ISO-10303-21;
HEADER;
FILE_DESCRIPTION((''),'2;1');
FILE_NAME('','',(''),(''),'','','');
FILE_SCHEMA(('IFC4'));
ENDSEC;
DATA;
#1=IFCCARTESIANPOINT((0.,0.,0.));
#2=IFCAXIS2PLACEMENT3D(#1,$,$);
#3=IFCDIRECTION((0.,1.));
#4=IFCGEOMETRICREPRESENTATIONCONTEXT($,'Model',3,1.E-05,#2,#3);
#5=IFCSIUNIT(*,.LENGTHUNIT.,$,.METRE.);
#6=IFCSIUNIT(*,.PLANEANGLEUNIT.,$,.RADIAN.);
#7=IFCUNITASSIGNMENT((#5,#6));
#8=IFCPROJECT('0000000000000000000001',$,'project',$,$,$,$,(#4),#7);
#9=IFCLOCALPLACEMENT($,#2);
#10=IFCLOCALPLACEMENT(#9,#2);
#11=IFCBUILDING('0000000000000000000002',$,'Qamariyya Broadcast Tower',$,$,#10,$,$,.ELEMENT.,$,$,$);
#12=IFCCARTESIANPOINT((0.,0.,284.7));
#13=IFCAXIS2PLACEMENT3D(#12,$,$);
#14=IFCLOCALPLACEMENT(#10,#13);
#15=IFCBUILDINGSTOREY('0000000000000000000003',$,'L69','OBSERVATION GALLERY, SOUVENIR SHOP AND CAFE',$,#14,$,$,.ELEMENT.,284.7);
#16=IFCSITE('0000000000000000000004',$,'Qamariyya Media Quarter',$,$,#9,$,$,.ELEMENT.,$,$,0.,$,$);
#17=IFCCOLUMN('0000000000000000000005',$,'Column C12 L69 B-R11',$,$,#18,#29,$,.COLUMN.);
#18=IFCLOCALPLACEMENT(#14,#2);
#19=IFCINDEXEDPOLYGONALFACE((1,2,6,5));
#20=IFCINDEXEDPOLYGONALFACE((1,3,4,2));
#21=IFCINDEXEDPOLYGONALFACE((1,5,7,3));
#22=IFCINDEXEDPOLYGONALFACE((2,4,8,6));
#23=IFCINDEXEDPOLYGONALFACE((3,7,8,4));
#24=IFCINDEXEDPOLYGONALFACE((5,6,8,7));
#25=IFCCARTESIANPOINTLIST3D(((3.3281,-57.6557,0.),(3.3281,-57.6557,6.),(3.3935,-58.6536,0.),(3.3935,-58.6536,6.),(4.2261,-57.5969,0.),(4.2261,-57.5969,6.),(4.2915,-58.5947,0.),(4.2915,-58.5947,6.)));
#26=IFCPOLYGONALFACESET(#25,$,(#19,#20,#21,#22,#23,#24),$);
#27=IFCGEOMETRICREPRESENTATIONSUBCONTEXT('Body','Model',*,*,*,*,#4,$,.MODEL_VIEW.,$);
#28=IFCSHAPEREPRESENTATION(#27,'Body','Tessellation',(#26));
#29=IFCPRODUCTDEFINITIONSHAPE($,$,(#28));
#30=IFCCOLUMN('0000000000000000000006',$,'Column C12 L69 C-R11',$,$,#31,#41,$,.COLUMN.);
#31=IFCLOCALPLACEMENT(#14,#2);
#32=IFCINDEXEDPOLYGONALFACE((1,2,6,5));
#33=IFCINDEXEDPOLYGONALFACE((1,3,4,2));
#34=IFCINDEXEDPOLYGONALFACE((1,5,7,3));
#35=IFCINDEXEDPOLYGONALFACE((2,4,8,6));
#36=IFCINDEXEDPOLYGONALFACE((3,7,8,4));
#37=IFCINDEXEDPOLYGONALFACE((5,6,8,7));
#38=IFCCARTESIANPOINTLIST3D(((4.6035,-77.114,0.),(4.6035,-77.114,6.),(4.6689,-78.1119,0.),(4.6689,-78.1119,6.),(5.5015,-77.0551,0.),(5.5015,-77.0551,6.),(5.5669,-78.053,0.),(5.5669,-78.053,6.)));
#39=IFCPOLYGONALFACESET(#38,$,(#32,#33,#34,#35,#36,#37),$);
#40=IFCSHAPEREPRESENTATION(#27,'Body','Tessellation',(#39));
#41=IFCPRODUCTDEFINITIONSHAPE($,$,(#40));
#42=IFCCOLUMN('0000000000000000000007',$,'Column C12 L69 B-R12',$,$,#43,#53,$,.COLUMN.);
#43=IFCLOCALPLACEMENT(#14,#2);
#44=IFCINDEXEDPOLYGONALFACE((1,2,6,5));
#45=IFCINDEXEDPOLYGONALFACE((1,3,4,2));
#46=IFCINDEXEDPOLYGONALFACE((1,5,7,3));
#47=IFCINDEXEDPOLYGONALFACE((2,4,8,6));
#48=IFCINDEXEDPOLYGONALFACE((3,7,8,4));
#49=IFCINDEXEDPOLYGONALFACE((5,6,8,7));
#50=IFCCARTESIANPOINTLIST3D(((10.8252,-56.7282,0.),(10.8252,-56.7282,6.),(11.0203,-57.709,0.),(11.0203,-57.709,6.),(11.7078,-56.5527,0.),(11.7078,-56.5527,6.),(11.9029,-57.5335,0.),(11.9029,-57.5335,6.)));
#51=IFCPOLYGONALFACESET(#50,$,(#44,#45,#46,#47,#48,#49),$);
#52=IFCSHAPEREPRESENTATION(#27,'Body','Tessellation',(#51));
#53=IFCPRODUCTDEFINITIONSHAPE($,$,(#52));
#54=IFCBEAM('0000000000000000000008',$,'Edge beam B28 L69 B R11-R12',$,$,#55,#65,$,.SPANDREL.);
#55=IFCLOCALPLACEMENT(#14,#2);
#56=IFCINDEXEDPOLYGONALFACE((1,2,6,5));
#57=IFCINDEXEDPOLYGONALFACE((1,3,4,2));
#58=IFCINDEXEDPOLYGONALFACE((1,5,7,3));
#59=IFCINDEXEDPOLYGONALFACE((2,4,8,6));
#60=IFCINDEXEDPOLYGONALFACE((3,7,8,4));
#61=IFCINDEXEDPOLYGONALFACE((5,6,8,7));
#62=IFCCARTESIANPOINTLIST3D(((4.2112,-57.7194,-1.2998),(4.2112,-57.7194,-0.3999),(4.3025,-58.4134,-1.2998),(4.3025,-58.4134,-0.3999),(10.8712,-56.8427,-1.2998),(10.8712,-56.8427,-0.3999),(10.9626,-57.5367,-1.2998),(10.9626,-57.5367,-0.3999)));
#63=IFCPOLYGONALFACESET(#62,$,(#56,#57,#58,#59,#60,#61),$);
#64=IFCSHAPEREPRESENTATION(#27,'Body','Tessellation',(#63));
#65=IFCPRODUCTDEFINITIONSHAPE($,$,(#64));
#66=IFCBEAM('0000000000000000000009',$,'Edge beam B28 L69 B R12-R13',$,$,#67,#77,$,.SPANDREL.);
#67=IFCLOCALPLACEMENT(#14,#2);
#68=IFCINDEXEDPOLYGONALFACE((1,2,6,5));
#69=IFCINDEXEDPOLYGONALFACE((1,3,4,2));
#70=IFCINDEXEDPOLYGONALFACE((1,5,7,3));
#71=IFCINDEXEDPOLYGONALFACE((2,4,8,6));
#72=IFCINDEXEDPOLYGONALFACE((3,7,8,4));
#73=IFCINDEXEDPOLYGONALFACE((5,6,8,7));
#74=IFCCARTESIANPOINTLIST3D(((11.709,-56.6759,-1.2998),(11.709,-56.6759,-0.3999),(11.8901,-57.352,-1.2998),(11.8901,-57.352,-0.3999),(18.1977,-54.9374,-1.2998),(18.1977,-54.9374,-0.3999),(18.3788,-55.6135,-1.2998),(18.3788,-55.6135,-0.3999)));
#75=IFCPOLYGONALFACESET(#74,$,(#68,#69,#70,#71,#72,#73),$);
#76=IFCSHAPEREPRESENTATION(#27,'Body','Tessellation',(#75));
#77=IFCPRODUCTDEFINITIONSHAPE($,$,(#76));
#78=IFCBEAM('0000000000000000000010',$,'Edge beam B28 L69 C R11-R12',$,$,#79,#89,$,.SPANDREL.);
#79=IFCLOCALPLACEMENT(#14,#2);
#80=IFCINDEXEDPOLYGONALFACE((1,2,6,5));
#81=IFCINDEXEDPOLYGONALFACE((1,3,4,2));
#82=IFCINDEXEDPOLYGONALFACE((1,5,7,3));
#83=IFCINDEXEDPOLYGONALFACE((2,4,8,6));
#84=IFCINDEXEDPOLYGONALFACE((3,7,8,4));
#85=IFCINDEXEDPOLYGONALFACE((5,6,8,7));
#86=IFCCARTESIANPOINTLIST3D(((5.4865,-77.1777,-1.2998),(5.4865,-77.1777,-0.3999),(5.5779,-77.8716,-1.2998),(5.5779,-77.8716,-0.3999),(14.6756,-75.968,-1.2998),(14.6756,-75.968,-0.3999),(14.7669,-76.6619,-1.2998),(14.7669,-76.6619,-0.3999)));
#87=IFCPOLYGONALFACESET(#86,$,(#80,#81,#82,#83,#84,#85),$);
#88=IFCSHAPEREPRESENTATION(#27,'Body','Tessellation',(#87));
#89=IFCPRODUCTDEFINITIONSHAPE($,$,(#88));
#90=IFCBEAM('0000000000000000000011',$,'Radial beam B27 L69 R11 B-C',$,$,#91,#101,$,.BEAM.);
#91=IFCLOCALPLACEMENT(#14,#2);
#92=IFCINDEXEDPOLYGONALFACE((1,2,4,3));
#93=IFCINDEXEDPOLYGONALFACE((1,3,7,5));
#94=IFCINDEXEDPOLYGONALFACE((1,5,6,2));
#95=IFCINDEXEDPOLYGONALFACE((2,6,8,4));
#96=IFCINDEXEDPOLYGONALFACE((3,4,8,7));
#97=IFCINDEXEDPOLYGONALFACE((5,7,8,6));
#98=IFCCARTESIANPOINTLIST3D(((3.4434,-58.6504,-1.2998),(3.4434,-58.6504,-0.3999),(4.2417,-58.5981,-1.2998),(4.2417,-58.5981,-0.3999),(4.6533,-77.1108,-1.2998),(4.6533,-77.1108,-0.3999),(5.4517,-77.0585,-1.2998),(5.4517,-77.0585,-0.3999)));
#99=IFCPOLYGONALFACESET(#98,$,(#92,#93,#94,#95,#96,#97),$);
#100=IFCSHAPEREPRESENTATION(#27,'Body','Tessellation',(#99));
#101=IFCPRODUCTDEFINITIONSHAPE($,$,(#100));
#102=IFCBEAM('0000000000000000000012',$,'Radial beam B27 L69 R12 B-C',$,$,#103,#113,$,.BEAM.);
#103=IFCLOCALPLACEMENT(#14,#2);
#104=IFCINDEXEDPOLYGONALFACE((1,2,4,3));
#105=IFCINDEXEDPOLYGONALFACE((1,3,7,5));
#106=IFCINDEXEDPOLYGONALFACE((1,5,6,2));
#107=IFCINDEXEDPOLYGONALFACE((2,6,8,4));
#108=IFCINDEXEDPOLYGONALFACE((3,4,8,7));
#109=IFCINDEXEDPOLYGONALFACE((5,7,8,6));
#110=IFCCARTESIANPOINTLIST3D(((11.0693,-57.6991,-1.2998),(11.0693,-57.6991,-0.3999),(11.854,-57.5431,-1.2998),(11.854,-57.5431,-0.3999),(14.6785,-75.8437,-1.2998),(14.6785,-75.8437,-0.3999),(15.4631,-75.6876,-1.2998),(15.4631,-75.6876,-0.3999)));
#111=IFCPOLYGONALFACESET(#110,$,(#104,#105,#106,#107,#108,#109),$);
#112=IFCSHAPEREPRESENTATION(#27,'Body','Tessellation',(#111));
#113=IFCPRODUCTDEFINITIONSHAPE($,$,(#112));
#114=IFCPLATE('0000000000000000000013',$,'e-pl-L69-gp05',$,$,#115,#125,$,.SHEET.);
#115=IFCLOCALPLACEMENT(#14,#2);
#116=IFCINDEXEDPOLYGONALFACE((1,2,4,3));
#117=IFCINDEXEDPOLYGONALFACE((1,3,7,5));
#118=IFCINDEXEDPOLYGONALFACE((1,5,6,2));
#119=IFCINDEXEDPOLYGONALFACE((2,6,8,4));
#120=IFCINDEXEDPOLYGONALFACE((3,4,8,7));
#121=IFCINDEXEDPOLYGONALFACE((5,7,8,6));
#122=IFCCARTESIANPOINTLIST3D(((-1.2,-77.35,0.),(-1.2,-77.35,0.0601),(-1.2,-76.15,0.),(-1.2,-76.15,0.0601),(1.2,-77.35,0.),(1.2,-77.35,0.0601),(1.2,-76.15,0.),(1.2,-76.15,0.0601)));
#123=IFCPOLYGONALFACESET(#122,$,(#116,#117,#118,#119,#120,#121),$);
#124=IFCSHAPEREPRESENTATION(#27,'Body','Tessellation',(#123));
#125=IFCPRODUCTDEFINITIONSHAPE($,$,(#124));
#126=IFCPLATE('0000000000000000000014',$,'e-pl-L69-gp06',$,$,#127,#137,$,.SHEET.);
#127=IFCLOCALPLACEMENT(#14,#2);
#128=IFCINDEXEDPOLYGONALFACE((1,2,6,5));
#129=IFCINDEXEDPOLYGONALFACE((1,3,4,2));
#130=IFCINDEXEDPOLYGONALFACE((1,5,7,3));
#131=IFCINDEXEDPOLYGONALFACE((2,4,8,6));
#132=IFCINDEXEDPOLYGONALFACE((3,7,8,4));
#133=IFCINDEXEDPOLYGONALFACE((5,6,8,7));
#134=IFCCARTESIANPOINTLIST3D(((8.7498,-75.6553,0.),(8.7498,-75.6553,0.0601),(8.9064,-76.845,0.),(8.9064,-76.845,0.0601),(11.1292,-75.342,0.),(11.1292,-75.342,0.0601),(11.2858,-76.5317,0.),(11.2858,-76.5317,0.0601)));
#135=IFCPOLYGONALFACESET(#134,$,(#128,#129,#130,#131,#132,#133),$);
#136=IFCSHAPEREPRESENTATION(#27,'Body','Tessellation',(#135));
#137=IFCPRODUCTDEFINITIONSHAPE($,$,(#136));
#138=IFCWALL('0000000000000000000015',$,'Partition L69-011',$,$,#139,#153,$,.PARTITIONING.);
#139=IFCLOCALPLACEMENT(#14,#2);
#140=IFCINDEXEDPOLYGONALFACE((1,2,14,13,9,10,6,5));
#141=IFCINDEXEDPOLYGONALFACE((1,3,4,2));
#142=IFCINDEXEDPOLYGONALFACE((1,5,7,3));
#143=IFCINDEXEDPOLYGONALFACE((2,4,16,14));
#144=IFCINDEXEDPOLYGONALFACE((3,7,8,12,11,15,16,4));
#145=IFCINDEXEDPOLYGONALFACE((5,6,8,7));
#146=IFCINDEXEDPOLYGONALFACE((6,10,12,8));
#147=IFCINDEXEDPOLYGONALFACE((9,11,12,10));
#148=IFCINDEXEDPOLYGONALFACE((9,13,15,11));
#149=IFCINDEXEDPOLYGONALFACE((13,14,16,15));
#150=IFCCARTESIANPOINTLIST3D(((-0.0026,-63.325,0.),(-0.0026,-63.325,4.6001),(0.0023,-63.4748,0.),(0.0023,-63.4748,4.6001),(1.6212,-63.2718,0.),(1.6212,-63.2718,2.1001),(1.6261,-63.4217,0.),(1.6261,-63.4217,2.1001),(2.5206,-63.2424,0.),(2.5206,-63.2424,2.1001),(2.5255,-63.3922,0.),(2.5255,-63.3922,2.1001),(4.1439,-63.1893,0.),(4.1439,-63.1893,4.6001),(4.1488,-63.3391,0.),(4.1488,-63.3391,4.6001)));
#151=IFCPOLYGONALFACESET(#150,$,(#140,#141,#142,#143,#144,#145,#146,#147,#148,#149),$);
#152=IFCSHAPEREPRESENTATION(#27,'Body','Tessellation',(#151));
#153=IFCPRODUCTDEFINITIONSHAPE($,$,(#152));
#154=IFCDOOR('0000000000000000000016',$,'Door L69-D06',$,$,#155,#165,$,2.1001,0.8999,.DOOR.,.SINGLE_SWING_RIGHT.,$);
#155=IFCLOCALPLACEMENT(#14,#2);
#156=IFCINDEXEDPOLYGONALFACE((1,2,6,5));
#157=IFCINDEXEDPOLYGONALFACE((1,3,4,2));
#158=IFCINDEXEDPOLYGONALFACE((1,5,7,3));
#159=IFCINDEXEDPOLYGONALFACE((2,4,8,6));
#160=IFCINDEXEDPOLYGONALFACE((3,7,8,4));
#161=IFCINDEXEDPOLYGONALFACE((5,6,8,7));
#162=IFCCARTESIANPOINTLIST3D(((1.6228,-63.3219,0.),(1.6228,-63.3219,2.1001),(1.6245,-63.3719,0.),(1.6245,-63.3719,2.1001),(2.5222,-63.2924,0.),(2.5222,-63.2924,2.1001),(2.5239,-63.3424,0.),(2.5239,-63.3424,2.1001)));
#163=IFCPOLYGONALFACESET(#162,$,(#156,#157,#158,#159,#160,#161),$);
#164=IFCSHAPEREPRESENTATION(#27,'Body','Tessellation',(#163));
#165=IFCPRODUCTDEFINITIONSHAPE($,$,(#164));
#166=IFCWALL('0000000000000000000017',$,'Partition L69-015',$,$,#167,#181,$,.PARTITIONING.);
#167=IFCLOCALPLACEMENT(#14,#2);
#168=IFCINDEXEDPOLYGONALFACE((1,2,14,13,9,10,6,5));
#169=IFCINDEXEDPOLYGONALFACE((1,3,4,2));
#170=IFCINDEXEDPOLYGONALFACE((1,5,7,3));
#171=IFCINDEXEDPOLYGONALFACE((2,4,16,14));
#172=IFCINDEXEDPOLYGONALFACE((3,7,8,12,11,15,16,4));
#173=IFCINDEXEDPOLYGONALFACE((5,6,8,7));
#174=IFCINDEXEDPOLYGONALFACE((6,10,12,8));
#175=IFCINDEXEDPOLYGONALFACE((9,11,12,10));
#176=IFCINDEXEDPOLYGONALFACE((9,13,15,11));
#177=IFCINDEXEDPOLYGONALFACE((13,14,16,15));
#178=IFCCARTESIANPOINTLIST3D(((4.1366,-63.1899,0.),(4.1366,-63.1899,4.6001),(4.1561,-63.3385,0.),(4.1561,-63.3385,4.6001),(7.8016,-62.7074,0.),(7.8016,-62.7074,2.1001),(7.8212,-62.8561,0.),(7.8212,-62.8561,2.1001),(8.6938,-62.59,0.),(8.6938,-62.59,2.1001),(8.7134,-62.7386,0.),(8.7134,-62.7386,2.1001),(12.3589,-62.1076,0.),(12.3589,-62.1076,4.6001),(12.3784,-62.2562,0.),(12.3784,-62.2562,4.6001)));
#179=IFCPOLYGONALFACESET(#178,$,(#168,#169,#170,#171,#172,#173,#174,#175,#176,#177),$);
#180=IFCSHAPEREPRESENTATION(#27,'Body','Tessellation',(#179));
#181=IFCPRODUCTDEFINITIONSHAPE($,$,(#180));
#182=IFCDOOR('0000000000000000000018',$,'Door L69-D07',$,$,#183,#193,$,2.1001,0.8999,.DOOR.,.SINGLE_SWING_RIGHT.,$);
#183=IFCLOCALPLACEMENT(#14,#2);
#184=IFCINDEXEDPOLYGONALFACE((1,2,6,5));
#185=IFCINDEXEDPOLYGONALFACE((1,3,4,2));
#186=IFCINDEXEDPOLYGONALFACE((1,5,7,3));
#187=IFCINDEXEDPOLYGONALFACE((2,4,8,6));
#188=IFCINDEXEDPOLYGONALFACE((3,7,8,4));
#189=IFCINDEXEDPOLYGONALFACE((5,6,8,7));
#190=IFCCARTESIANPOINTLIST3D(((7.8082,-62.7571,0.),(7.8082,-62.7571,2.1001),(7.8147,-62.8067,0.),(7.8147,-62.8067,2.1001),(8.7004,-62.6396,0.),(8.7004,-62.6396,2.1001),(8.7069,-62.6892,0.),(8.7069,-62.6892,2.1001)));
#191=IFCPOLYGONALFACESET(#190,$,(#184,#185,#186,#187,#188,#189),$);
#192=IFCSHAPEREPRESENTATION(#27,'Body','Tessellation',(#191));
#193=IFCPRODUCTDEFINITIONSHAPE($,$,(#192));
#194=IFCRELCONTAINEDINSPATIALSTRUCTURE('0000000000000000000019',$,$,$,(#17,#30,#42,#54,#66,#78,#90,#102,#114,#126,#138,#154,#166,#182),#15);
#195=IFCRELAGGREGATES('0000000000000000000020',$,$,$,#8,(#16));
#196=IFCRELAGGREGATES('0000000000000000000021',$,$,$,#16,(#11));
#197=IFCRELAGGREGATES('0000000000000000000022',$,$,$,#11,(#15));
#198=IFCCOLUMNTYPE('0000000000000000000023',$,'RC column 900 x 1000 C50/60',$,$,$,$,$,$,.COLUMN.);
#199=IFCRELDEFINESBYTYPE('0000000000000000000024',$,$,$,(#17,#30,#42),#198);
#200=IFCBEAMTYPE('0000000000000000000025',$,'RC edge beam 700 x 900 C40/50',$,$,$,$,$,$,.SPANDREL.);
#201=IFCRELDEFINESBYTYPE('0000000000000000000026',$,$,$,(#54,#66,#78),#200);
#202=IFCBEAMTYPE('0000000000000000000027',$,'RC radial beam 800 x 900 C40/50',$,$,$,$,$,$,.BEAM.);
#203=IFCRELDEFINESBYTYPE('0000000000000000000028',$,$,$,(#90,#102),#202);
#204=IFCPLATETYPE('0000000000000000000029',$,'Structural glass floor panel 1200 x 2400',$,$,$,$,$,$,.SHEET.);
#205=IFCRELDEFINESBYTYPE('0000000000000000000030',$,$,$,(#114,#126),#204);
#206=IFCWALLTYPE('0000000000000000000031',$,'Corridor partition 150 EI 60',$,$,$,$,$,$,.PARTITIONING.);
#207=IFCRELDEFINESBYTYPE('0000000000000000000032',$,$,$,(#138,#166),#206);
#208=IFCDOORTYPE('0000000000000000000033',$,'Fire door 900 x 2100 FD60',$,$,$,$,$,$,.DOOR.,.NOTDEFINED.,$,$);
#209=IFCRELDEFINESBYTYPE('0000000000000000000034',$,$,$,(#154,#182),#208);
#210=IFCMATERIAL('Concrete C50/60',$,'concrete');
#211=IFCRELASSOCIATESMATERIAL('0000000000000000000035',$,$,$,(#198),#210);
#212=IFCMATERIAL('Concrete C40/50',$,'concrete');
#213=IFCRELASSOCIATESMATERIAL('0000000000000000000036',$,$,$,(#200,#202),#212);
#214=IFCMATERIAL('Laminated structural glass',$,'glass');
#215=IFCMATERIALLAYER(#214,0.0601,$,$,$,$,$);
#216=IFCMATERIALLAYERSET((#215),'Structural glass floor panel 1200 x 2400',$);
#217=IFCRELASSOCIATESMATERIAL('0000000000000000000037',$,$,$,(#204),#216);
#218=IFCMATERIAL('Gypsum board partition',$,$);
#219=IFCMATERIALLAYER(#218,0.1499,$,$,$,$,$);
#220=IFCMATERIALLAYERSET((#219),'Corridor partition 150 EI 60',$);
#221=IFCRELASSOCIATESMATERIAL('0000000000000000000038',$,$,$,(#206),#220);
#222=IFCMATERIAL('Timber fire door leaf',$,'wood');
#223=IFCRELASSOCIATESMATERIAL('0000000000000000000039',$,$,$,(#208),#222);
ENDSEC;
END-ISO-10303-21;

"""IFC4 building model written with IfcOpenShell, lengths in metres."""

from ifc_helpers import new_model, si_unit, direction, frame, frame_2d, origin, origin_2d, place, context, subcontext, project, spatial, rectangle, extrude, material, layer, layer_set, material_profile, profile_set, type_object, element, fill, save


model = new_model("IFC4")

# Units and contexts
model_context = context("Model", 3, precision=1e-05, world=origin(), true_north=direction((0.0, 1.0)))
body_context = subcontext(model_context, "Body", "Model", "MODEL_VIEW")
ifc_project = project(units=[si_unit("LENGTHUNIT", "METRE"), si_unit("PLANEANGLEUNIT", "RADIAN")], contexts=[model_context])

# Site, building, storey
site_placement = place(None, origin())
site = spatial("IfcSite", under=ifc_project, at=site_placement, Name="Qamariyya Media Quarter", CompositionType="ELEMENT", RefElevation=0.0)
building_placement = place(site_placement, origin())
building = spatial("IfcBuilding", under=site, at=building_placement, Name="Qamariyya Broadcast Tower", CompositionType="ELEMENT")
storey_placement = place(building_placement, frame((0.0, 0.0, 284.7)))
storey = spatial("IfcBuildingStorey", under=building, at=storey_placement, Name="L69", Description="OBSERVATION GALLERY, SOUVENIR SHOP AND CAFE", CompositionType="ELEMENT", Elevation=284.7)

# Columns
ifc_material_1 = material(Name="Concrete C50/60", Category="concrete")
ifc_material_profile_1 = material_profile(ifc_material_1, rectangle(XDim=0.8999, YDim=1.0, at=origin_2d()))
ifc_profile_set_1 = profile_set([ifc_material_profile_1], Name="Concrete C50/60")
column_type = type_object("IfcColumnType", Name="RC column 900 x 1000 C50/60", PredefinedType="COLUMN", material=ifc_profile_set_1)
for number, where, z_axis, x_axis, name in (
    (1, (3.8098, -58.1252, 0.0), (0.0, 0.0, 1.0), (0.997859, 0.065403, 0.0), "Column C12 L69 B-R11"),
    (2, (5.0852, -77.5835, 0.0), (0.0, 0.0, 1.0), (0.997859, 0.065403, 0.0), "Column C12 L69 C-R11"),
    (3, (11.364, -57.1309, 0.0), (0.0, 0.0, 1.0), (0.980785, 0.19509, 0.0), "Column C12 L69 B-R12"),
):
    element("IfcColumn", number, at=place(storey_placement, frame(where, z_axis=z_axis, x_axis=x_axis)), inside=storey, type_object=column_type, Name=name, PredefinedType="COLUMN", context=body_context, shape_type="SweptSolid", body=[
        extrude(rectangle(XDim=0.8999, YDim=1.0, at=origin_2d()), origin(), (0.0, 0.0, 1.0), 6.0),
    ])

# Beams
ifc_material_2 = material(Name="Concrete C40/50", Category="concrete")
ifc_material_profile_2 = material_profile(ifc_material_2, rectangle(XDim=0.7, YDim=0.8999, at=origin_2d()))
ifc_profile_set_2 = profile_set([ifc_material_profile_2], Name="Concrete C40/50")
beam_type_1 = type_object("IfcBeamType", Name="RC edge beam 700 x 900 C40/50", PredefinedType="SPANDREL", material=ifc_profile_set_2)
for number, where, z_axis, x_axis, name in (
    (4, (4.2568, -58.0664, -0.8499), (0.991447, 0.130509, 0.0), (-0.130509, 0.991447, 0.0), "Edge beam B28 L69 B R11-R12"),
    (5, (11.7996, -57.0139, -0.8499), (0.965931, 0.2588, 0.0), (-0.2588, 0.965931, 0.0), "Edge beam B28 L69 B R12-R13"),
):
    element("IfcBeam", number, at=place(storey_placement, frame(where, z_axis=z_axis, x_axis=x_axis)), inside=storey, type_object=beam_type_1, Name=name, PredefinedType="SPANDREL", context=body_context, shape_type="SweptSolid", body=[
        extrude(rectangle(XDim=0.7, YDim=0.8999, at=origin_2d()), origin(), (0.0, 0.0, 1.0), 6.7175),
    ])
beam_placement = place(storey_placement, frame((5.5322, -77.5247, -0.8499), z_axis=(0.991445, 0.130523, 0.0), x_axis=(-0.130523, 0.991445, 0.0)))
element("IfcBeam", 6, at=beam_placement, inside=storey, type_object=beam_type_1, Name="Edge beam B28 L69 C R11-R12", PredefinedType="SPANDREL", context=body_context, shape_type="SweptSolid", body=[
    extrude(rectangle(XDim=0.7, YDim=0.8999, at=origin_2d()), origin(), (0.0, 0.0, 1.0), 9.2683),
])
ifc_material_profile_3 = material_profile(ifc_material_2, rectangle(XDim=0.8, YDim=0.8999, at=origin_2d()))
ifc_profile_set_3 = profile_set([ifc_material_profile_3], Name="Concrete C40/50")
beam_type_2 = type_object("IfcBeamType", Name="RC radial beam 800 x 900 C40/50", PredefinedType="BEAM", material=ifc_profile_set_3)
for number, where, z_axis, x_axis, name in (
    (7, (3.8425, -58.6243, -0.8499), (0.065403, -0.997859, 0.0), (0.997859, 0.065403, 0.0), "Radial beam B27 L69 R11 B-C"),
    (8, (11.4617, -57.6211, -0.8499), (0.195088, -0.980786, 0.0), (0.980786, 0.195088, 0.0), "Radial beam B27 L69 R12 B-C"),
):
    element("IfcBeam", number, at=place(storey_placement, frame(where, z_axis=z_axis, x_axis=x_axis)), inside=storey, type_object=beam_type_2, Name=name, PredefinedType="BEAM", context=body_context, shape_type="SweptSolid", body=[
        extrude(rectangle(XDim=0.8, YDim=0.8999, at=origin_2d()), origin(), (0.0, 0.0, 1.0), 18.5),
    ])

# Plates
ifc_material_3 = material(Name="Laminated structural glass", Category="glass")
ifc_layer_1 = layer(ifc_material_3, 0.0601)
ifc_layer_set_1 = layer_set([ifc_layer_1], Name="Structural glass floor panel 1200 x 2400")
plate_type = type_object("IfcPlateType", Name="Structural glass floor panel 1200 x 2400", PredefinedType="SHEET", material=ifc_layer_set_1)
for number, where, z_axis, x_axis, name in (
    (9, (0.0, -76.75, 0.0), (0.0, 0.0, 1.0), (1.0, 0.0, 0.0), "e-pl-L69-gp05"),
    (10, (10.0178, -76.0935, 0.0), (0.0, 0.0, 1.0), (0.991445, 0.130526, 0.0), "e-pl-L69-gp06"),
):
    element("IfcPlate", number, at=place(storey_placement, frame(where, z_axis=z_axis, x_axis=x_axis)), inside=storey, type_object=plate_type, Name=name, PredefinedType="SHEET", context=body_context, shape_type="SweptSolid", body=[
        extrude(rectangle(XDim=2.3999, YDim=1.2, at=origin_2d()), origin(), (0.0, 0.0, 1.0), 0.0601),
    ])

# Walls, openings, doors
ifc_material_4 = material(Name="Gypsum board partition")
ifc_layer_2 = layer(ifc_material_4, 0.1499)
ifc_layer_set_2 = layer_set([ifc_layer_2], Name="Corridor partition 150 EI 60")
wall_type_1 = type_object("IfcWallType", Name="Corridor partition 150 EI 60", PredefinedType="PARTITIONING", material=ifc_layer_set_2)
wall_1_placement = place(storey_placement, frame((0.0, -63.3999, 0.0), z_axis=(0.0, 0.0, 1.0), x_axis=(0.999465, 0.032719, 0.0)))
wall_1 = element("IfcWall", 11, at=wall_1_placement, inside=storey, type_object=wall_type_1, Name="Partition L69-011", PredefinedType="PARTITIONING", context=body_context, shape_type="SweptSolid", body=[
    extrude(rectangle(XDim=4.1487, YDim=0.1499, at=frame_2d((2.0742, 0.0))), origin(), (0.0, 0.0, 1.0), 4.6001),
])
opening_1_placement = place(wall_1_placement, frame((1.6245, 0.0, 0.0)))
opening_1 = element("IfcOpeningElement", 12, at=opening_1_placement, cuts=wall_1, PredefinedType="OPENING", context=body_context, shape_type="SweptSolid", body=[
    extrude(rectangle(XDim=0.8999, YDim=2.1001, at=frame_2d((0.45, 1.05))), frame((0.0, 0.085, 0.0), z_axis=(0.0, -1.0, 0.0), x_axis=(1.0, 0.0, 0.0)), (0.0, 0.0, 1.0), 0.1699),
])
ifc_material_5 = material(Name="Timber fire door leaf", Category="wood")
door_type = type_object("IfcDoorType", Name="Fire door 900 x 2100 FD60", OperationType="NOTDEFINED", PredefinedType="DOOR", material=ifc_material_5)
door_1_placement = place(opening_1_placement, origin())
door_1 = element("IfcDoor", 13, at=door_1_placement, inside=storey, type_object=door_type, Name="Door L69-D06", OperationType="SINGLE_SWING_RIGHT", OverallHeight=2.1001, OverallWidth=0.8999, PredefinedType="DOOR", context=body_context, shape_type="SweptSolid", body=[
    extrude(rectangle(XDim=0.8999, YDim=2.1001, at=frame_2d((0.45, 1.05))), frame((0.0, 0.0249, 0.0), z_axis=(0.0, -1.0, 0.0), x_axis=(1.0, 0.0, 0.0)), (0.0, 0.0, 1.0), 0.05),
])
fill(opening_1, door_1)
wall_2_placement = place(storey_placement, frame((4.1465, -63.2642, 0.0), z_axis=(0.0, 0.0, 1.0), x_axis=(0.991448, 0.130503, 0.0)))
wall_2 = element("IfcWall", 14, at=wall_2_placement, inside=storey, type_object=wall_type_1, Name="Partition L69-015", PredefinedType="PARTITIONING", context=body_context, shape_type="SweptSolid", body=[
    extrude(rectangle(XDim=8.2932, YDim=0.1499, at=frame_2d((4.1465, 0.0))), origin(), (0.0, 0.0, 1.0), 4.6001),
])
opening_2_placement = place(wall_2_placement, frame((3.6965, 0.0, 0.0)))
opening_2 = element("IfcOpeningElement", 15, at=opening_2_placement, cuts=wall_2, PredefinedType="OPENING", context=body_context, shape_type="SweptSolid", body=[
    extrude(rectangle(XDim=0.8999, YDim=2.1001, at=frame_2d((0.45, 1.05))), frame((0.0, 0.085, 0.0), z_axis=(0.0, -1.0, 0.0), x_axis=(1.0, 0.0, 0.0)), (0.0, 0.0, 1.0), 0.1699),
])
door_2_placement = place(opening_2_placement, origin())
door_2 = element("IfcDoor", 16, at=door_2_placement, inside=storey, type_object=door_type, Name="Door L69-D07", OperationType="SINGLE_SWING_RIGHT", OverallHeight=2.1001, OverallWidth=0.8999, PredefinedType="DOOR", context=body_context, shape_type="SweptSolid", body=[
    extrude(rectangle(XDim=0.8999, YDim=2.1001, at=frame_2d((0.45, 1.05))), frame((0.0, 0.0249, 0.0), z_axis=(0.0, -1.0, 0.0), x_axis=(1.0, 0.0, 0.0)), (0.0, 0.0, 1.0), 0.05),
])
fill(opening_2, door_2)

save(model, "model.ifc")
